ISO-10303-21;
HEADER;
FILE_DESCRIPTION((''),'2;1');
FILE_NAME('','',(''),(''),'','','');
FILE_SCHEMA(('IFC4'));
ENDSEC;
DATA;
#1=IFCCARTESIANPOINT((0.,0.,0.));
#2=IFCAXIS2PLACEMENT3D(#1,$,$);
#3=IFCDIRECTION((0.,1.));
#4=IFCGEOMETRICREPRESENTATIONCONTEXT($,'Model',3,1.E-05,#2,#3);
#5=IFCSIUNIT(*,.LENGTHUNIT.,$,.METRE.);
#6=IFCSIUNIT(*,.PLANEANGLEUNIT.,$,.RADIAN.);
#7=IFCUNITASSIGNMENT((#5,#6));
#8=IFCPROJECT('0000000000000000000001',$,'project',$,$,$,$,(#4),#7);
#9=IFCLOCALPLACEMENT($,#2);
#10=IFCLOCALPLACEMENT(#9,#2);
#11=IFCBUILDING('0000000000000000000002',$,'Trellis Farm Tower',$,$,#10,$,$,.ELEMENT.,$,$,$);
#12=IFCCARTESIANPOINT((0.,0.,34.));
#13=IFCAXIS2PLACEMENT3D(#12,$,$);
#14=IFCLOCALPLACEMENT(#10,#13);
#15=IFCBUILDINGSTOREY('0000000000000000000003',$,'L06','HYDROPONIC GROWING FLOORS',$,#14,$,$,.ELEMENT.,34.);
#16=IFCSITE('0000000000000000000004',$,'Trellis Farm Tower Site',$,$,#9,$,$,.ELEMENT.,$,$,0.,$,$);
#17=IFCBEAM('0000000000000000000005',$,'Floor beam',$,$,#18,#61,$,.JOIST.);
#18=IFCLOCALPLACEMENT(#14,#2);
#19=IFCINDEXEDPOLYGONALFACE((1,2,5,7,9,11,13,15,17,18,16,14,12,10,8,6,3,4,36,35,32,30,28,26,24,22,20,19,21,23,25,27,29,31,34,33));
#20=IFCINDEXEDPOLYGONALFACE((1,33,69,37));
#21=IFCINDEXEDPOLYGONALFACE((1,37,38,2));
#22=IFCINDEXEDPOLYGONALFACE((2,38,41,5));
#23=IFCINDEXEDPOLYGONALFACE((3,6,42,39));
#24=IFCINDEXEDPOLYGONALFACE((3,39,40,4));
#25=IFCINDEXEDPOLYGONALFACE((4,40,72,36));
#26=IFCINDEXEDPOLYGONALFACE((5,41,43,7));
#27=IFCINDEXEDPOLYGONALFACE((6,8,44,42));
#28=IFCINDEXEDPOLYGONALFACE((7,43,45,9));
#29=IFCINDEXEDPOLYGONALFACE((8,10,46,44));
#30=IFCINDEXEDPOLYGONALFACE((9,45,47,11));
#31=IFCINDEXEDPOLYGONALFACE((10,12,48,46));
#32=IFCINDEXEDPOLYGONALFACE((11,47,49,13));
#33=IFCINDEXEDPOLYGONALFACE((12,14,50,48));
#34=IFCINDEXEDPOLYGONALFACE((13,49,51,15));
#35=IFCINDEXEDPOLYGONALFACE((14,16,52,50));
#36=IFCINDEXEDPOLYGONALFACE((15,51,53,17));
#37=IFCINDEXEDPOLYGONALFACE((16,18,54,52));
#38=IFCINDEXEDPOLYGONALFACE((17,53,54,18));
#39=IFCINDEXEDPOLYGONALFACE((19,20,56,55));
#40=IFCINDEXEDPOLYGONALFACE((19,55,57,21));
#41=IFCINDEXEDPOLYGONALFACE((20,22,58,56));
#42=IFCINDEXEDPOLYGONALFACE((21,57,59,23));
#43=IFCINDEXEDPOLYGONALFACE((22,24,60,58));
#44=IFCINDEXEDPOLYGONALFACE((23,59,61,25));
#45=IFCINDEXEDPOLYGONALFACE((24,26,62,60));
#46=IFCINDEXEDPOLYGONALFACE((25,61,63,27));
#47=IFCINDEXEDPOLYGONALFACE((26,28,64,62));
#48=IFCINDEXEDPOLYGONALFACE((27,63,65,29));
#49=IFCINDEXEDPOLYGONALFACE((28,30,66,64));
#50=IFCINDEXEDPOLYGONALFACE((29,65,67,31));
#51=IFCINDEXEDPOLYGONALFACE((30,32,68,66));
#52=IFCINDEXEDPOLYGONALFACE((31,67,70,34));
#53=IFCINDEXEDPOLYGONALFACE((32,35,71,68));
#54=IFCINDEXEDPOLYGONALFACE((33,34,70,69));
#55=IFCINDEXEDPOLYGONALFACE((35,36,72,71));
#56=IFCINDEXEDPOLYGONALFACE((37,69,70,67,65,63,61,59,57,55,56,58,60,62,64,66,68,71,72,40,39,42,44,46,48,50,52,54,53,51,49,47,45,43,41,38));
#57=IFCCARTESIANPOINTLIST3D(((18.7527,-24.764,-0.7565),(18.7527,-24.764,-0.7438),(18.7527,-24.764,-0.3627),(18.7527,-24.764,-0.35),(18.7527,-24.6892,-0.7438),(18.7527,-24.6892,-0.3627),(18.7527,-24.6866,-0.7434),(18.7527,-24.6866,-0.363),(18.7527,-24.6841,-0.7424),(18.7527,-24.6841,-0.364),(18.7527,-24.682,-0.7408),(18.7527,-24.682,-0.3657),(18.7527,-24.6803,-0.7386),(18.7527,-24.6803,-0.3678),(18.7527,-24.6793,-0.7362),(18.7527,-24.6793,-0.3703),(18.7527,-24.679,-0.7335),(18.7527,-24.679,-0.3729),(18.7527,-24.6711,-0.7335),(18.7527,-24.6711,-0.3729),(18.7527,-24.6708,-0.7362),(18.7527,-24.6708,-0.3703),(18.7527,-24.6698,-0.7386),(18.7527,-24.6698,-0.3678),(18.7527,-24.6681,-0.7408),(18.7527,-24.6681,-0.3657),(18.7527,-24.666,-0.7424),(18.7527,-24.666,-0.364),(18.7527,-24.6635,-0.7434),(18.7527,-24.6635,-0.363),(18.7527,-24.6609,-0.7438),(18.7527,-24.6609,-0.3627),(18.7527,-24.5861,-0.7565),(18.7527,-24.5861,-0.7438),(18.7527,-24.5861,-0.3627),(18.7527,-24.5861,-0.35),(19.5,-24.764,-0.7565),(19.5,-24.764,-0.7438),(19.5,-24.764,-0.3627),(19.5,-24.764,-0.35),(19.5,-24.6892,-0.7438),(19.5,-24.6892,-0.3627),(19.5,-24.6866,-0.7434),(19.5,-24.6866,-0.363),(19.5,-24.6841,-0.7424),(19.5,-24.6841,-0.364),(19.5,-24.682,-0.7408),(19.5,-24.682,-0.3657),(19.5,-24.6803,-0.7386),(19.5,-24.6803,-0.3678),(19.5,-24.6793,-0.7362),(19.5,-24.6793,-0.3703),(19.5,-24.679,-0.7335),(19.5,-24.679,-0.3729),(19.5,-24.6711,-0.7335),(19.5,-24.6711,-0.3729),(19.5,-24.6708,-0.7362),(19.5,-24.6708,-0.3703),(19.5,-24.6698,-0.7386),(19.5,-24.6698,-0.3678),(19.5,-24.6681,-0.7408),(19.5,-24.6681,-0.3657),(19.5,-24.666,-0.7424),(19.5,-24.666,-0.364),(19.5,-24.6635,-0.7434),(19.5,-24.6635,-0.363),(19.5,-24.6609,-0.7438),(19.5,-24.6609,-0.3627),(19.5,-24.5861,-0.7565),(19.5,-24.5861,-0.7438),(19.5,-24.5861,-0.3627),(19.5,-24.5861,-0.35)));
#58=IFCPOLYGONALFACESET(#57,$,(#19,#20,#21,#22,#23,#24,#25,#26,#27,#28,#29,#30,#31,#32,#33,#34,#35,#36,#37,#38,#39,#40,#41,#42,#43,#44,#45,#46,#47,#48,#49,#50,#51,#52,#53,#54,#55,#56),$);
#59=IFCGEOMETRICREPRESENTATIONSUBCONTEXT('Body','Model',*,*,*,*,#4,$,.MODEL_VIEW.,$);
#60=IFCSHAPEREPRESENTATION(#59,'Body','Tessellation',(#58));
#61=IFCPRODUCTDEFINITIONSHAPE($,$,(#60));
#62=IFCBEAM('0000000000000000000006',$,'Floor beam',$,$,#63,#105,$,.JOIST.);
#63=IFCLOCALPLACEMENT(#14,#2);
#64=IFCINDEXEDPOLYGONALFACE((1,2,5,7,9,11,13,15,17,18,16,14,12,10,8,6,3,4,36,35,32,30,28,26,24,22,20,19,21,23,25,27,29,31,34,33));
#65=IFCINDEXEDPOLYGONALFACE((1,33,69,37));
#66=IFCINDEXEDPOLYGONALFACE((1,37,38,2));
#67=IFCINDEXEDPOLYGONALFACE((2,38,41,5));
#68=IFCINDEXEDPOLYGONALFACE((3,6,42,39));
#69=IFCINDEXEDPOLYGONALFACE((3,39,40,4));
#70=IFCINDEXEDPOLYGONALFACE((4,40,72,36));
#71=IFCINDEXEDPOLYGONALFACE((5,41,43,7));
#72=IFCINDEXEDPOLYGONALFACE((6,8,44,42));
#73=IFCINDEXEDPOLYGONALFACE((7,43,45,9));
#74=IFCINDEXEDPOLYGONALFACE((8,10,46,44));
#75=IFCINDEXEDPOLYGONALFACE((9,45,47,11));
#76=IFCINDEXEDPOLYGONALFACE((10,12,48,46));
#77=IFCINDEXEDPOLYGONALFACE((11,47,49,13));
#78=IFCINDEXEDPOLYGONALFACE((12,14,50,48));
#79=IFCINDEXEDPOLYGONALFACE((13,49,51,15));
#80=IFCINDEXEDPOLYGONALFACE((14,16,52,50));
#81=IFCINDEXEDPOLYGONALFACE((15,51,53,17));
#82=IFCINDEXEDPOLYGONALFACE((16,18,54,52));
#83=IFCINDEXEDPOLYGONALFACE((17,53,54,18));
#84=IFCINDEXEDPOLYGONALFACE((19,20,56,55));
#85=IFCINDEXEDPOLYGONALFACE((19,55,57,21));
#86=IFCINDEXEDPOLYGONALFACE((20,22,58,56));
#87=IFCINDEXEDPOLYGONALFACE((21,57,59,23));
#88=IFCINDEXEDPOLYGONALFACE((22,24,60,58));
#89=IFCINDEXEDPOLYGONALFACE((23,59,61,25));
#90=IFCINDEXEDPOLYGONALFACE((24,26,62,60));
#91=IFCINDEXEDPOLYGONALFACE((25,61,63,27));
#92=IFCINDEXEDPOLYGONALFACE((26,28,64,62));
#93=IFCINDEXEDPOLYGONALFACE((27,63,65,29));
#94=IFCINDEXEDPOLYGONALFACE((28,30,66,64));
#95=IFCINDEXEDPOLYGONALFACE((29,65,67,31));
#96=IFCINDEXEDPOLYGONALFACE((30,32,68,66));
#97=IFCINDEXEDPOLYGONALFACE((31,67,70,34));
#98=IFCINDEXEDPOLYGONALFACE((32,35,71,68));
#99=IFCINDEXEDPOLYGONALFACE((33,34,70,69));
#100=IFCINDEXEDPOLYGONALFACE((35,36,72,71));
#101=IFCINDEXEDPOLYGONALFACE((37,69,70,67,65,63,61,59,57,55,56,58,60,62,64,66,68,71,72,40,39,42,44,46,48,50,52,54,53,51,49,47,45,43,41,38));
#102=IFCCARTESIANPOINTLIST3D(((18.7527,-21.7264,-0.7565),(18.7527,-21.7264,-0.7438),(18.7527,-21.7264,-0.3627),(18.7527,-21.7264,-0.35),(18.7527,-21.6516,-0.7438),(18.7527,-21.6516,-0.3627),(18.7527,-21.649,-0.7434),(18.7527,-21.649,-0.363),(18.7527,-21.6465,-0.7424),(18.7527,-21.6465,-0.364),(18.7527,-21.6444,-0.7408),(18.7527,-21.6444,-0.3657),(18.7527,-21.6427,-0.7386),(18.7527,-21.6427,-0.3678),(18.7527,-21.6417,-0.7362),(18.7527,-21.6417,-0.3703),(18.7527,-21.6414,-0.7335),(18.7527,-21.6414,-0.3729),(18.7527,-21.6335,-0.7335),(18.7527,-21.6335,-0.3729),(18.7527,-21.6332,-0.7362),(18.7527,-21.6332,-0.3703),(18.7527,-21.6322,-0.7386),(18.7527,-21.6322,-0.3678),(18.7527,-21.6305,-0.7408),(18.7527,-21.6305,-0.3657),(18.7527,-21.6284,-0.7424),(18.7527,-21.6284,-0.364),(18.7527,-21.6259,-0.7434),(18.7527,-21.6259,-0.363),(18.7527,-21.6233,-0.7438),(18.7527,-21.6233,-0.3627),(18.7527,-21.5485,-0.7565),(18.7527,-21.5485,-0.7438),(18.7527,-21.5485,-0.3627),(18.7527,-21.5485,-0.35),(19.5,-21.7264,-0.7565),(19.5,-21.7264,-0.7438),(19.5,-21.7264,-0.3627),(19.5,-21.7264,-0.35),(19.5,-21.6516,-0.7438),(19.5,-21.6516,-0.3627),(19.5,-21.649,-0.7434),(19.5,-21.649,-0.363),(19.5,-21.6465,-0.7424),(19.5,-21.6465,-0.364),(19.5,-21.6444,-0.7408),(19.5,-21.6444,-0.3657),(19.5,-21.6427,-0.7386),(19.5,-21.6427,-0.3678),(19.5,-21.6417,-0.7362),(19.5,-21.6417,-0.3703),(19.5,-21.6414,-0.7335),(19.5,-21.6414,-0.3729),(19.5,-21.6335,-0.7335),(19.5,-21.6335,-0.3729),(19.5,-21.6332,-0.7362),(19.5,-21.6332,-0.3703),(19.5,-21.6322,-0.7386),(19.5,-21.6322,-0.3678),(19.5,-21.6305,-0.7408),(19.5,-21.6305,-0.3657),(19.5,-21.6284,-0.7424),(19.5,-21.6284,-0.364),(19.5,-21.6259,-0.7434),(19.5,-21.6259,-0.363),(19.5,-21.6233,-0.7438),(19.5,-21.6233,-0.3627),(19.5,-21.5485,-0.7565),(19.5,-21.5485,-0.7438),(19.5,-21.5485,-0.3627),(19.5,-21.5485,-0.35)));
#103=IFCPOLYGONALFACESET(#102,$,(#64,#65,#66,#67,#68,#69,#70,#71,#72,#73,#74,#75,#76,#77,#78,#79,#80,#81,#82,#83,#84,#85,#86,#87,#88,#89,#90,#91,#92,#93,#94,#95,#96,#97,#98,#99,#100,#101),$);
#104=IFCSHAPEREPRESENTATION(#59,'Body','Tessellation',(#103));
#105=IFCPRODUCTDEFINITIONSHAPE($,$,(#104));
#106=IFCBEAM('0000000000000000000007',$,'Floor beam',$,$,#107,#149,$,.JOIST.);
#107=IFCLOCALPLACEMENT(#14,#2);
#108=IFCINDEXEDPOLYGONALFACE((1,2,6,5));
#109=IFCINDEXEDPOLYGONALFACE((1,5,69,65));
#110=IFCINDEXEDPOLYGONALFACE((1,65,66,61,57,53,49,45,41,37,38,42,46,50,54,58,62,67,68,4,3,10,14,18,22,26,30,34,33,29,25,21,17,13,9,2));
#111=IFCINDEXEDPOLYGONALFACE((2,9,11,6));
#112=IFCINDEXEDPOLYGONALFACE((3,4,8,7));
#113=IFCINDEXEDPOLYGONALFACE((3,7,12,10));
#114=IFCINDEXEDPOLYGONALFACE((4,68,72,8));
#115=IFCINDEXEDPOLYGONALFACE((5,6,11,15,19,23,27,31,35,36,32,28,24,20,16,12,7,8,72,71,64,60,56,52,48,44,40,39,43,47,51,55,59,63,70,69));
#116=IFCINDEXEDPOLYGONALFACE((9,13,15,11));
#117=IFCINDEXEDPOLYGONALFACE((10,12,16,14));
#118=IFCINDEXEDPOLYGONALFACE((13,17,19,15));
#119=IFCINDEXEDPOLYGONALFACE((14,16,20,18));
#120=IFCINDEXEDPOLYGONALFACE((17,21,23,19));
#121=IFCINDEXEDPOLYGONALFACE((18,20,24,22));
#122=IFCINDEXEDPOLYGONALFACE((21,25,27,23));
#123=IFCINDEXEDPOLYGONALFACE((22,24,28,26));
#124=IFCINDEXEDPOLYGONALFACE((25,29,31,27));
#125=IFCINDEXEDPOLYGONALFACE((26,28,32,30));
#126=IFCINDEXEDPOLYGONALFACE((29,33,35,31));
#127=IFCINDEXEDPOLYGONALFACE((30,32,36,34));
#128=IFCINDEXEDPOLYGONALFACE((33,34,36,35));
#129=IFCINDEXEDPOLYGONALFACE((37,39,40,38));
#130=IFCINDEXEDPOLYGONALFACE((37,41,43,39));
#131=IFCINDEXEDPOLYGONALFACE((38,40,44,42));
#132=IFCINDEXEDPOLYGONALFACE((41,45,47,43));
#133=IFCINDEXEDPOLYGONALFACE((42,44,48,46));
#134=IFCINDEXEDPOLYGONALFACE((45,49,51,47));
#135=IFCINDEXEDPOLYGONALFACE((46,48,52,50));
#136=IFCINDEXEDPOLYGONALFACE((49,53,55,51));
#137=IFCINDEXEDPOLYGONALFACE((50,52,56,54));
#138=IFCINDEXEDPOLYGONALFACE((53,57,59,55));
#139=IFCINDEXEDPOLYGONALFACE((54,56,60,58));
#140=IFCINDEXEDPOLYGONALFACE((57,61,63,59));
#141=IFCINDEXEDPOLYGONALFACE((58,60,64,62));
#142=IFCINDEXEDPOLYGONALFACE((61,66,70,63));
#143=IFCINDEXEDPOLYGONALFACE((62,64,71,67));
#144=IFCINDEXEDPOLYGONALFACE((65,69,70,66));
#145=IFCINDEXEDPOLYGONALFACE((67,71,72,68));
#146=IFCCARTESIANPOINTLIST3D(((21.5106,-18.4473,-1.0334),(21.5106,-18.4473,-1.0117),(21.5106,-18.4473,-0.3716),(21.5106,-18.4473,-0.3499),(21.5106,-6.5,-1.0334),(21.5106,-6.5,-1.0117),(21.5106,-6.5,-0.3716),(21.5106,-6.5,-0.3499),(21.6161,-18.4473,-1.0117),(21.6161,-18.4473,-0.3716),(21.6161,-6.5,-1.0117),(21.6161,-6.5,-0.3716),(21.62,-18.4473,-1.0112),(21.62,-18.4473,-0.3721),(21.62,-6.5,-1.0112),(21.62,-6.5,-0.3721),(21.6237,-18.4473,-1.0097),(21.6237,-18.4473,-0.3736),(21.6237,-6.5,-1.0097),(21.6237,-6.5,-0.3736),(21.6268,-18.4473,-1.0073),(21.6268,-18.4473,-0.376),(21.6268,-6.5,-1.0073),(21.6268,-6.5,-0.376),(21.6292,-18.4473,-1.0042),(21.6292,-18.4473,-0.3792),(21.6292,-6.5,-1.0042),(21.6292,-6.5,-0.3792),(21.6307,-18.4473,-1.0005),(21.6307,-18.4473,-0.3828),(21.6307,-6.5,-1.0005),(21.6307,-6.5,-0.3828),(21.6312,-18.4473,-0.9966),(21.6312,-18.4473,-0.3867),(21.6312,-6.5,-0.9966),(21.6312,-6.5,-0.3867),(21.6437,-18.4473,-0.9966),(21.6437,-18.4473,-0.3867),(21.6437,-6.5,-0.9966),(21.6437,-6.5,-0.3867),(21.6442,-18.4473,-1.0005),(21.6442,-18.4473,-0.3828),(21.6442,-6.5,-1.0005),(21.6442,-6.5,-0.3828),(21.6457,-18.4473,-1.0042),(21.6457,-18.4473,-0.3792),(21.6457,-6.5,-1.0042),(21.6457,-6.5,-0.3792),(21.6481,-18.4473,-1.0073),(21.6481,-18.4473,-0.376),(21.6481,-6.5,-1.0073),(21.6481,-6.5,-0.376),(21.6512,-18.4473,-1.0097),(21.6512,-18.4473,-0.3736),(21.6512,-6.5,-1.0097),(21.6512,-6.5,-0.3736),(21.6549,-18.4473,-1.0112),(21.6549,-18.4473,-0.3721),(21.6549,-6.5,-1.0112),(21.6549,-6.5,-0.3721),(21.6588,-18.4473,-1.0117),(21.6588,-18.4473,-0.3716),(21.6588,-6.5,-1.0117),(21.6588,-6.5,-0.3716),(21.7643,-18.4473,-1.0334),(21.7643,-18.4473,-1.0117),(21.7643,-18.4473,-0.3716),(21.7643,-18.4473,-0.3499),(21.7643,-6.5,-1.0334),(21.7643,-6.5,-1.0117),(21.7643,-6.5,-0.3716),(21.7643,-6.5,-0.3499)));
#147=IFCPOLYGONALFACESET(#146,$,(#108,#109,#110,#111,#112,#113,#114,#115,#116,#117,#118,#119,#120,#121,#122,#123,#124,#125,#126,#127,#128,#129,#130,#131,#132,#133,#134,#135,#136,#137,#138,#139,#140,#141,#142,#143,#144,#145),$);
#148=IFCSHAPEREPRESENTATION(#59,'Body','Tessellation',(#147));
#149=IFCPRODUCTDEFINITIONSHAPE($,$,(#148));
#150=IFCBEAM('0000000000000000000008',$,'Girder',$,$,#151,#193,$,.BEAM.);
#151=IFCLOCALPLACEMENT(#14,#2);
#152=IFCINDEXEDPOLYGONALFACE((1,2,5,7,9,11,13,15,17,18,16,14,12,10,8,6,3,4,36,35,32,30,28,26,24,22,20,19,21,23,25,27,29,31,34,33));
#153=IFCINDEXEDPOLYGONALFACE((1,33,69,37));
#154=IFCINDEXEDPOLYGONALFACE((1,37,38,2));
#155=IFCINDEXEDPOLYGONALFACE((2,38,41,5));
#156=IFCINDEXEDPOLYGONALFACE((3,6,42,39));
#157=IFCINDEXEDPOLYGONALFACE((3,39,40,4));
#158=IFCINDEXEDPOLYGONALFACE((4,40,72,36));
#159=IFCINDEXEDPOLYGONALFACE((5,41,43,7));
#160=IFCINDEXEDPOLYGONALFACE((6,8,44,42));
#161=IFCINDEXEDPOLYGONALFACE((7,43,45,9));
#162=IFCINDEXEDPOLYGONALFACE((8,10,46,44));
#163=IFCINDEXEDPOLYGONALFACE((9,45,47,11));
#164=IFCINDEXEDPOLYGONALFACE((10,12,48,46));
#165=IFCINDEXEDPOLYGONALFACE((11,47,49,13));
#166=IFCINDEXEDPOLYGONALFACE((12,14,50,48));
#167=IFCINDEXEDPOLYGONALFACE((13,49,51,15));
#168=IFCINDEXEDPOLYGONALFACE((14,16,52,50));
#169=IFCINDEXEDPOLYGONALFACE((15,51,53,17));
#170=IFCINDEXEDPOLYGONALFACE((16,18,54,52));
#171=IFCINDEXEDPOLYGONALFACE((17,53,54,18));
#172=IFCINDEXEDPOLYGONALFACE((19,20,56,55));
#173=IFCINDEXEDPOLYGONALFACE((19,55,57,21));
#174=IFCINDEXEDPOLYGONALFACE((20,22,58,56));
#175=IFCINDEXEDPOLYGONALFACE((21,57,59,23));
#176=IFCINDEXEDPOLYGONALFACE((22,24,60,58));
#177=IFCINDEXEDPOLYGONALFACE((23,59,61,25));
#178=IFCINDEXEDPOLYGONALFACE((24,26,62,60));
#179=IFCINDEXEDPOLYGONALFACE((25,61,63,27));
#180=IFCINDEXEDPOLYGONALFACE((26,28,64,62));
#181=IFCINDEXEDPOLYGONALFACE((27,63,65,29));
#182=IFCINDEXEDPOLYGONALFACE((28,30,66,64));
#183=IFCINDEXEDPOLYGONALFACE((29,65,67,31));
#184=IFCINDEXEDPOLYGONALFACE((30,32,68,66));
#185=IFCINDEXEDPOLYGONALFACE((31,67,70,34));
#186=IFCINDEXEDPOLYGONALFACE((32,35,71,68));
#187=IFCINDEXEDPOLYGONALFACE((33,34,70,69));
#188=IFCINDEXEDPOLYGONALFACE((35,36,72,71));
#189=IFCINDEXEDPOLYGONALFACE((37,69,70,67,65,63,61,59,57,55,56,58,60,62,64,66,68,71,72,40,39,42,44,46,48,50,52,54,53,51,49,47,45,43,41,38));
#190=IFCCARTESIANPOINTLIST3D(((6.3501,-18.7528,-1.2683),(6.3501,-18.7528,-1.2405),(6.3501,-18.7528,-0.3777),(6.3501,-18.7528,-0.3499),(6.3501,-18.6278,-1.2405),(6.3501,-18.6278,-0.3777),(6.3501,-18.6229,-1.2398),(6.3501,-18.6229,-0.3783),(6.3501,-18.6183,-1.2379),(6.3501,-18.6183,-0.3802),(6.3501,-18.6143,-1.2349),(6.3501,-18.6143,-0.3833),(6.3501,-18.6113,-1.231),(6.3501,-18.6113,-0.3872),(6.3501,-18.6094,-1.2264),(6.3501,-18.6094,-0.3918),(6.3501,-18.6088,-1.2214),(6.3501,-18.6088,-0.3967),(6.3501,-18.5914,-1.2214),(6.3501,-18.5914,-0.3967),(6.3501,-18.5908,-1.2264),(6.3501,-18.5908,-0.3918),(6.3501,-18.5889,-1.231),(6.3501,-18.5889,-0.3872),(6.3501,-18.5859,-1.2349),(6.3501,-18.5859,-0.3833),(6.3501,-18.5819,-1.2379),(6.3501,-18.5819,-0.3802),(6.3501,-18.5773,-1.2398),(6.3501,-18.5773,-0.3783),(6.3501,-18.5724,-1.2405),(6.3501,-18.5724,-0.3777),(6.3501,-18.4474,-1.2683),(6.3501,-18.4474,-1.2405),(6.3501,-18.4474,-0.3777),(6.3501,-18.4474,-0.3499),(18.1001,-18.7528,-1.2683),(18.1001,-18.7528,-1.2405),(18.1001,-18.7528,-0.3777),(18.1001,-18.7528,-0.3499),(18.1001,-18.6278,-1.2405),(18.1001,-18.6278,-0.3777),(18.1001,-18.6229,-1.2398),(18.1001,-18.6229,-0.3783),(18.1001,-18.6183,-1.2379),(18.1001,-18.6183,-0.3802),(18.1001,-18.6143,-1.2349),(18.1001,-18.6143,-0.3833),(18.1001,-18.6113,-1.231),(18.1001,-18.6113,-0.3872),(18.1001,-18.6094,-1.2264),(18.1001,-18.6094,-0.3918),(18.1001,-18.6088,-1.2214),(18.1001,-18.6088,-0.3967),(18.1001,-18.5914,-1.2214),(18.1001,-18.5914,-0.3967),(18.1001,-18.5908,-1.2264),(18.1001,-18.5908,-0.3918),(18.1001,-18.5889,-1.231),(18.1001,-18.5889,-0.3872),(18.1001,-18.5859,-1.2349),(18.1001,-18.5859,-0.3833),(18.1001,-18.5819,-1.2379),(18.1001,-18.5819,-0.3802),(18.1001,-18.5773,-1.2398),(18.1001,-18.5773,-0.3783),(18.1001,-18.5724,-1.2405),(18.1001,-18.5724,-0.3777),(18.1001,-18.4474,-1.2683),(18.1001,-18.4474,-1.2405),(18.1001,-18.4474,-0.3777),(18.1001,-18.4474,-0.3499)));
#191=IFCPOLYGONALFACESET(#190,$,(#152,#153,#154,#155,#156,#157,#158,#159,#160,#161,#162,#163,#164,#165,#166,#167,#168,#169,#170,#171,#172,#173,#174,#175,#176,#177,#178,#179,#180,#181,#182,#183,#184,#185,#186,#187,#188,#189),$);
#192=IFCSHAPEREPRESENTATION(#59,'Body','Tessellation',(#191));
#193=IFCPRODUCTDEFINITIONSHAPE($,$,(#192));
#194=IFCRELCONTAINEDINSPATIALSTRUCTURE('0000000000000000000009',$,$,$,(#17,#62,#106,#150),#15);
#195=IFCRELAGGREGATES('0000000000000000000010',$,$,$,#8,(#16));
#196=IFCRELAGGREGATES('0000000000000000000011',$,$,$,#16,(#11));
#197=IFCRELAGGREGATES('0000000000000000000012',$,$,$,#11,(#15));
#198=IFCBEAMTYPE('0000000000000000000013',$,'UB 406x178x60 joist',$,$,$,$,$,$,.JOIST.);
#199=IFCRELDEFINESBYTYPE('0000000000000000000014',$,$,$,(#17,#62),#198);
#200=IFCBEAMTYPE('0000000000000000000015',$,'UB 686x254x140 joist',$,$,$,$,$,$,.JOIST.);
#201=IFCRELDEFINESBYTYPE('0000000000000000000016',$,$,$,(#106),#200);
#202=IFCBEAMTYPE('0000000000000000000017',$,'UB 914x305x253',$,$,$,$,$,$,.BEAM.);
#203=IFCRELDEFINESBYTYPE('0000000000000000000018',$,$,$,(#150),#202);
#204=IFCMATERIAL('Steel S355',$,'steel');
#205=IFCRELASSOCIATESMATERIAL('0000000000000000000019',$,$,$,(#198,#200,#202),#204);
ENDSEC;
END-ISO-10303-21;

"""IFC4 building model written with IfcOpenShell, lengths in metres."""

from ifc_helpers import new_model, si_unit, direction, frame, origin, origin_2d, place, context, subcontext, project, spatial, i_section, extrude, source, transform, mapped, material, material_profile, profile_set, type_object, element, save


model = new_model("IFC4")

# Units and contexts
model_context = context("Model", 3, precision=1e-05, world=origin(), true_north=direction((0.0, 1.0)))
body_context = subcontext(model_context, "Body", "Model", "MODEL_VIEW")
ifc_project = project(units=[si_unit("LENGTHUNIT", "METRE"), si_unit("PLANEANGLEUNIT", "RADIAN")], contexts=[model_context])

# Site, building, storey
site_placement = place(None, origin())
site = spatial("IfcSite", under=ifc_project, at=site_placement, Name="Trellis Farm Tower Site", CompositionType="ELEMENT", RefElevation=0.0)
building_placement = place(site_placement, origin())
building = spatial("IfcBuilding", under=site, at=building_placement, Name="Trellis Farm Tower", CompositionType="ELEMENT")
storey_placement = place(building_placement, frame((0.0, 0.0, 34.0)))
storey = spatial("IfcBuildingStorey", under=building, at=storey_placement, Name="L06", Description="HYDROPONIC GROWING FLOORS", CompositionType="ELEMENT", Elevation=34.0)

# Beams
ifc_material_1 = material(Name="Steel S355", Category="steel")
ifc_material_profile_1 = material_profile(ifc_material_1, i_section(OverallWidth=0.178, OverallDepth=0.4065, WebThickness=0.0078, FlangeThickness=0.0127, FilletRadius=0.0103, at=origin_2d()), Name="UB 406x178x60")
ifc_profile_set_1 = profile_set([ifc_material_profile_1], Name="Steel S355")
beam_type_1 = type_object("IfcBeamType", Name="UB 406x178x60 joist", PredefinedType="JOIST", material=ifc_profile_set_1)
shared_shape_1 = source(origin(), body_context, "Body", "SweptSolid", [
    extrude(i_section(OverallWidth=0.178, OverallDepth=0.4065, WebThickness=0.0078, FlangeThickness=0.0127, FilletRadius=0.0103, at=origin_2d()), origin(), (0.0, 0.0, 1.0), 0.7473),
])
for number, where, z_axis, x_axis, name in (
    (1, (18.7527, -24.675, -0.5532), (1.0, 0.0, 0.0), (0.0, 1.0, 0.0), "Floor beam"),
    (2, (18.7527, -21.6375, -0.5532), (1.0, 0.0, 0.0), (0.0, 1.0, 0.0), "Floor beam"),
):
    element("IfcBeam", number, at=place(storey_placement, frame(where, z_axis=z_axis, x_axis=x_axis)), inside=storey, type_object=beam_type_1, Name=name, PredefinedType="JOIST", context=body_context, shape_type="MappedRepresentation", body=[
        mapped(shared_shape_1, transform((0.0, 0.0, 0.0))),
    ])
ifc_material_profile_2 = material_profile(ifc_material_1, i_section(OverallWidth=0.2537, OverallDepth=0.6836, WebThickness=0.0125, FlangeThickness=0.0217, FilletRadius=0.0151, at=origin_2d()), Name="UB 686x254x140")
ifc_profile_set_2 = profile_set([ifc_material_profile_2], Name="Steel S355")
beam_type_2 = type_object("IfcBeamType", Name="UB 686x254x140 joist", PredefinedType="JOIST", material=ifc_profile_set_2)
shared_shape_2 = source(origin(), body_context, "Body", "SweptSolid", [
    extrude(i_section(OverallWidth=0.2537, OverallDepth=0.6836, WebThickness=0.0125, FlangeThickness=0.0217, FilletRadius=0.0151, at=origin_2d()), origin(), (0.0, 0.0, 1.0), 11.9473),
])
beam_1_placement = place(storey_placement, frame((21.6375, -18.4473, -0.6917), z_axis=(0.0, 1.0, 0.0), x_axis=(-1.0, 0.0, 0.0)))
element("IfcBeam", 3, at=beam_1_placement, inside=storey, type_object=beam_type_2, Name="Floor beam", PredefinedType="JOIST", context=body_context, shape_type="MappedRepresentation", body=[
    mapped(shared_shape_2, transform((0.0, 0.0, 0.0))),
])
ifc_material_profile_3 = material_profile(ifc_material_1, i_section(OverallWidth=0.3054, OverallDepth=0.9185, WebThickness=0.0173, FlangeThickness=0.0278, FilletRadius=0.019, at=origin_2d()), Name="UB 914x305x253")
ifc_profile_set_3 = profile_set([ifc_material_profile_3], Name="Steel S355")
beam_type_3 = type_object("IfcBeamType", Name="UB 914x305x253", PredefinedType="BEAM", material=ifc_profile_set_3)
shared_shape_3 = source(origin(), body_context, "Body", "SweptSolid", [
    extrude(i_section(OverallWidth=0.3054, OverallDepth=0.9185, WebThickness=0.0173, FlangeThickness=0.0278, FilletRadius=0.019, at=origin_2d()), origin(), (0.0, 0.0, 1.0), 11.75),
])
beam_2_placement = place(storey_placement, frame((6.3501, -18.6001, -0.8091), z_axis=(1.0, 0.0, 0.0), x_axis=(0.0, 1.0, 0.0)))
element("IfcBeam", 4, at=beam_2_placement, inside=storey, type_object=beam_type_3, Name="Girder", PredefinedType="BEAM", context=body_context, shape_type="MappedRepresentation", body=[
    mapped(shared_shape_3, transform((0.0, 0.0, 0.0))),
])

save(model, "model.ifc")
